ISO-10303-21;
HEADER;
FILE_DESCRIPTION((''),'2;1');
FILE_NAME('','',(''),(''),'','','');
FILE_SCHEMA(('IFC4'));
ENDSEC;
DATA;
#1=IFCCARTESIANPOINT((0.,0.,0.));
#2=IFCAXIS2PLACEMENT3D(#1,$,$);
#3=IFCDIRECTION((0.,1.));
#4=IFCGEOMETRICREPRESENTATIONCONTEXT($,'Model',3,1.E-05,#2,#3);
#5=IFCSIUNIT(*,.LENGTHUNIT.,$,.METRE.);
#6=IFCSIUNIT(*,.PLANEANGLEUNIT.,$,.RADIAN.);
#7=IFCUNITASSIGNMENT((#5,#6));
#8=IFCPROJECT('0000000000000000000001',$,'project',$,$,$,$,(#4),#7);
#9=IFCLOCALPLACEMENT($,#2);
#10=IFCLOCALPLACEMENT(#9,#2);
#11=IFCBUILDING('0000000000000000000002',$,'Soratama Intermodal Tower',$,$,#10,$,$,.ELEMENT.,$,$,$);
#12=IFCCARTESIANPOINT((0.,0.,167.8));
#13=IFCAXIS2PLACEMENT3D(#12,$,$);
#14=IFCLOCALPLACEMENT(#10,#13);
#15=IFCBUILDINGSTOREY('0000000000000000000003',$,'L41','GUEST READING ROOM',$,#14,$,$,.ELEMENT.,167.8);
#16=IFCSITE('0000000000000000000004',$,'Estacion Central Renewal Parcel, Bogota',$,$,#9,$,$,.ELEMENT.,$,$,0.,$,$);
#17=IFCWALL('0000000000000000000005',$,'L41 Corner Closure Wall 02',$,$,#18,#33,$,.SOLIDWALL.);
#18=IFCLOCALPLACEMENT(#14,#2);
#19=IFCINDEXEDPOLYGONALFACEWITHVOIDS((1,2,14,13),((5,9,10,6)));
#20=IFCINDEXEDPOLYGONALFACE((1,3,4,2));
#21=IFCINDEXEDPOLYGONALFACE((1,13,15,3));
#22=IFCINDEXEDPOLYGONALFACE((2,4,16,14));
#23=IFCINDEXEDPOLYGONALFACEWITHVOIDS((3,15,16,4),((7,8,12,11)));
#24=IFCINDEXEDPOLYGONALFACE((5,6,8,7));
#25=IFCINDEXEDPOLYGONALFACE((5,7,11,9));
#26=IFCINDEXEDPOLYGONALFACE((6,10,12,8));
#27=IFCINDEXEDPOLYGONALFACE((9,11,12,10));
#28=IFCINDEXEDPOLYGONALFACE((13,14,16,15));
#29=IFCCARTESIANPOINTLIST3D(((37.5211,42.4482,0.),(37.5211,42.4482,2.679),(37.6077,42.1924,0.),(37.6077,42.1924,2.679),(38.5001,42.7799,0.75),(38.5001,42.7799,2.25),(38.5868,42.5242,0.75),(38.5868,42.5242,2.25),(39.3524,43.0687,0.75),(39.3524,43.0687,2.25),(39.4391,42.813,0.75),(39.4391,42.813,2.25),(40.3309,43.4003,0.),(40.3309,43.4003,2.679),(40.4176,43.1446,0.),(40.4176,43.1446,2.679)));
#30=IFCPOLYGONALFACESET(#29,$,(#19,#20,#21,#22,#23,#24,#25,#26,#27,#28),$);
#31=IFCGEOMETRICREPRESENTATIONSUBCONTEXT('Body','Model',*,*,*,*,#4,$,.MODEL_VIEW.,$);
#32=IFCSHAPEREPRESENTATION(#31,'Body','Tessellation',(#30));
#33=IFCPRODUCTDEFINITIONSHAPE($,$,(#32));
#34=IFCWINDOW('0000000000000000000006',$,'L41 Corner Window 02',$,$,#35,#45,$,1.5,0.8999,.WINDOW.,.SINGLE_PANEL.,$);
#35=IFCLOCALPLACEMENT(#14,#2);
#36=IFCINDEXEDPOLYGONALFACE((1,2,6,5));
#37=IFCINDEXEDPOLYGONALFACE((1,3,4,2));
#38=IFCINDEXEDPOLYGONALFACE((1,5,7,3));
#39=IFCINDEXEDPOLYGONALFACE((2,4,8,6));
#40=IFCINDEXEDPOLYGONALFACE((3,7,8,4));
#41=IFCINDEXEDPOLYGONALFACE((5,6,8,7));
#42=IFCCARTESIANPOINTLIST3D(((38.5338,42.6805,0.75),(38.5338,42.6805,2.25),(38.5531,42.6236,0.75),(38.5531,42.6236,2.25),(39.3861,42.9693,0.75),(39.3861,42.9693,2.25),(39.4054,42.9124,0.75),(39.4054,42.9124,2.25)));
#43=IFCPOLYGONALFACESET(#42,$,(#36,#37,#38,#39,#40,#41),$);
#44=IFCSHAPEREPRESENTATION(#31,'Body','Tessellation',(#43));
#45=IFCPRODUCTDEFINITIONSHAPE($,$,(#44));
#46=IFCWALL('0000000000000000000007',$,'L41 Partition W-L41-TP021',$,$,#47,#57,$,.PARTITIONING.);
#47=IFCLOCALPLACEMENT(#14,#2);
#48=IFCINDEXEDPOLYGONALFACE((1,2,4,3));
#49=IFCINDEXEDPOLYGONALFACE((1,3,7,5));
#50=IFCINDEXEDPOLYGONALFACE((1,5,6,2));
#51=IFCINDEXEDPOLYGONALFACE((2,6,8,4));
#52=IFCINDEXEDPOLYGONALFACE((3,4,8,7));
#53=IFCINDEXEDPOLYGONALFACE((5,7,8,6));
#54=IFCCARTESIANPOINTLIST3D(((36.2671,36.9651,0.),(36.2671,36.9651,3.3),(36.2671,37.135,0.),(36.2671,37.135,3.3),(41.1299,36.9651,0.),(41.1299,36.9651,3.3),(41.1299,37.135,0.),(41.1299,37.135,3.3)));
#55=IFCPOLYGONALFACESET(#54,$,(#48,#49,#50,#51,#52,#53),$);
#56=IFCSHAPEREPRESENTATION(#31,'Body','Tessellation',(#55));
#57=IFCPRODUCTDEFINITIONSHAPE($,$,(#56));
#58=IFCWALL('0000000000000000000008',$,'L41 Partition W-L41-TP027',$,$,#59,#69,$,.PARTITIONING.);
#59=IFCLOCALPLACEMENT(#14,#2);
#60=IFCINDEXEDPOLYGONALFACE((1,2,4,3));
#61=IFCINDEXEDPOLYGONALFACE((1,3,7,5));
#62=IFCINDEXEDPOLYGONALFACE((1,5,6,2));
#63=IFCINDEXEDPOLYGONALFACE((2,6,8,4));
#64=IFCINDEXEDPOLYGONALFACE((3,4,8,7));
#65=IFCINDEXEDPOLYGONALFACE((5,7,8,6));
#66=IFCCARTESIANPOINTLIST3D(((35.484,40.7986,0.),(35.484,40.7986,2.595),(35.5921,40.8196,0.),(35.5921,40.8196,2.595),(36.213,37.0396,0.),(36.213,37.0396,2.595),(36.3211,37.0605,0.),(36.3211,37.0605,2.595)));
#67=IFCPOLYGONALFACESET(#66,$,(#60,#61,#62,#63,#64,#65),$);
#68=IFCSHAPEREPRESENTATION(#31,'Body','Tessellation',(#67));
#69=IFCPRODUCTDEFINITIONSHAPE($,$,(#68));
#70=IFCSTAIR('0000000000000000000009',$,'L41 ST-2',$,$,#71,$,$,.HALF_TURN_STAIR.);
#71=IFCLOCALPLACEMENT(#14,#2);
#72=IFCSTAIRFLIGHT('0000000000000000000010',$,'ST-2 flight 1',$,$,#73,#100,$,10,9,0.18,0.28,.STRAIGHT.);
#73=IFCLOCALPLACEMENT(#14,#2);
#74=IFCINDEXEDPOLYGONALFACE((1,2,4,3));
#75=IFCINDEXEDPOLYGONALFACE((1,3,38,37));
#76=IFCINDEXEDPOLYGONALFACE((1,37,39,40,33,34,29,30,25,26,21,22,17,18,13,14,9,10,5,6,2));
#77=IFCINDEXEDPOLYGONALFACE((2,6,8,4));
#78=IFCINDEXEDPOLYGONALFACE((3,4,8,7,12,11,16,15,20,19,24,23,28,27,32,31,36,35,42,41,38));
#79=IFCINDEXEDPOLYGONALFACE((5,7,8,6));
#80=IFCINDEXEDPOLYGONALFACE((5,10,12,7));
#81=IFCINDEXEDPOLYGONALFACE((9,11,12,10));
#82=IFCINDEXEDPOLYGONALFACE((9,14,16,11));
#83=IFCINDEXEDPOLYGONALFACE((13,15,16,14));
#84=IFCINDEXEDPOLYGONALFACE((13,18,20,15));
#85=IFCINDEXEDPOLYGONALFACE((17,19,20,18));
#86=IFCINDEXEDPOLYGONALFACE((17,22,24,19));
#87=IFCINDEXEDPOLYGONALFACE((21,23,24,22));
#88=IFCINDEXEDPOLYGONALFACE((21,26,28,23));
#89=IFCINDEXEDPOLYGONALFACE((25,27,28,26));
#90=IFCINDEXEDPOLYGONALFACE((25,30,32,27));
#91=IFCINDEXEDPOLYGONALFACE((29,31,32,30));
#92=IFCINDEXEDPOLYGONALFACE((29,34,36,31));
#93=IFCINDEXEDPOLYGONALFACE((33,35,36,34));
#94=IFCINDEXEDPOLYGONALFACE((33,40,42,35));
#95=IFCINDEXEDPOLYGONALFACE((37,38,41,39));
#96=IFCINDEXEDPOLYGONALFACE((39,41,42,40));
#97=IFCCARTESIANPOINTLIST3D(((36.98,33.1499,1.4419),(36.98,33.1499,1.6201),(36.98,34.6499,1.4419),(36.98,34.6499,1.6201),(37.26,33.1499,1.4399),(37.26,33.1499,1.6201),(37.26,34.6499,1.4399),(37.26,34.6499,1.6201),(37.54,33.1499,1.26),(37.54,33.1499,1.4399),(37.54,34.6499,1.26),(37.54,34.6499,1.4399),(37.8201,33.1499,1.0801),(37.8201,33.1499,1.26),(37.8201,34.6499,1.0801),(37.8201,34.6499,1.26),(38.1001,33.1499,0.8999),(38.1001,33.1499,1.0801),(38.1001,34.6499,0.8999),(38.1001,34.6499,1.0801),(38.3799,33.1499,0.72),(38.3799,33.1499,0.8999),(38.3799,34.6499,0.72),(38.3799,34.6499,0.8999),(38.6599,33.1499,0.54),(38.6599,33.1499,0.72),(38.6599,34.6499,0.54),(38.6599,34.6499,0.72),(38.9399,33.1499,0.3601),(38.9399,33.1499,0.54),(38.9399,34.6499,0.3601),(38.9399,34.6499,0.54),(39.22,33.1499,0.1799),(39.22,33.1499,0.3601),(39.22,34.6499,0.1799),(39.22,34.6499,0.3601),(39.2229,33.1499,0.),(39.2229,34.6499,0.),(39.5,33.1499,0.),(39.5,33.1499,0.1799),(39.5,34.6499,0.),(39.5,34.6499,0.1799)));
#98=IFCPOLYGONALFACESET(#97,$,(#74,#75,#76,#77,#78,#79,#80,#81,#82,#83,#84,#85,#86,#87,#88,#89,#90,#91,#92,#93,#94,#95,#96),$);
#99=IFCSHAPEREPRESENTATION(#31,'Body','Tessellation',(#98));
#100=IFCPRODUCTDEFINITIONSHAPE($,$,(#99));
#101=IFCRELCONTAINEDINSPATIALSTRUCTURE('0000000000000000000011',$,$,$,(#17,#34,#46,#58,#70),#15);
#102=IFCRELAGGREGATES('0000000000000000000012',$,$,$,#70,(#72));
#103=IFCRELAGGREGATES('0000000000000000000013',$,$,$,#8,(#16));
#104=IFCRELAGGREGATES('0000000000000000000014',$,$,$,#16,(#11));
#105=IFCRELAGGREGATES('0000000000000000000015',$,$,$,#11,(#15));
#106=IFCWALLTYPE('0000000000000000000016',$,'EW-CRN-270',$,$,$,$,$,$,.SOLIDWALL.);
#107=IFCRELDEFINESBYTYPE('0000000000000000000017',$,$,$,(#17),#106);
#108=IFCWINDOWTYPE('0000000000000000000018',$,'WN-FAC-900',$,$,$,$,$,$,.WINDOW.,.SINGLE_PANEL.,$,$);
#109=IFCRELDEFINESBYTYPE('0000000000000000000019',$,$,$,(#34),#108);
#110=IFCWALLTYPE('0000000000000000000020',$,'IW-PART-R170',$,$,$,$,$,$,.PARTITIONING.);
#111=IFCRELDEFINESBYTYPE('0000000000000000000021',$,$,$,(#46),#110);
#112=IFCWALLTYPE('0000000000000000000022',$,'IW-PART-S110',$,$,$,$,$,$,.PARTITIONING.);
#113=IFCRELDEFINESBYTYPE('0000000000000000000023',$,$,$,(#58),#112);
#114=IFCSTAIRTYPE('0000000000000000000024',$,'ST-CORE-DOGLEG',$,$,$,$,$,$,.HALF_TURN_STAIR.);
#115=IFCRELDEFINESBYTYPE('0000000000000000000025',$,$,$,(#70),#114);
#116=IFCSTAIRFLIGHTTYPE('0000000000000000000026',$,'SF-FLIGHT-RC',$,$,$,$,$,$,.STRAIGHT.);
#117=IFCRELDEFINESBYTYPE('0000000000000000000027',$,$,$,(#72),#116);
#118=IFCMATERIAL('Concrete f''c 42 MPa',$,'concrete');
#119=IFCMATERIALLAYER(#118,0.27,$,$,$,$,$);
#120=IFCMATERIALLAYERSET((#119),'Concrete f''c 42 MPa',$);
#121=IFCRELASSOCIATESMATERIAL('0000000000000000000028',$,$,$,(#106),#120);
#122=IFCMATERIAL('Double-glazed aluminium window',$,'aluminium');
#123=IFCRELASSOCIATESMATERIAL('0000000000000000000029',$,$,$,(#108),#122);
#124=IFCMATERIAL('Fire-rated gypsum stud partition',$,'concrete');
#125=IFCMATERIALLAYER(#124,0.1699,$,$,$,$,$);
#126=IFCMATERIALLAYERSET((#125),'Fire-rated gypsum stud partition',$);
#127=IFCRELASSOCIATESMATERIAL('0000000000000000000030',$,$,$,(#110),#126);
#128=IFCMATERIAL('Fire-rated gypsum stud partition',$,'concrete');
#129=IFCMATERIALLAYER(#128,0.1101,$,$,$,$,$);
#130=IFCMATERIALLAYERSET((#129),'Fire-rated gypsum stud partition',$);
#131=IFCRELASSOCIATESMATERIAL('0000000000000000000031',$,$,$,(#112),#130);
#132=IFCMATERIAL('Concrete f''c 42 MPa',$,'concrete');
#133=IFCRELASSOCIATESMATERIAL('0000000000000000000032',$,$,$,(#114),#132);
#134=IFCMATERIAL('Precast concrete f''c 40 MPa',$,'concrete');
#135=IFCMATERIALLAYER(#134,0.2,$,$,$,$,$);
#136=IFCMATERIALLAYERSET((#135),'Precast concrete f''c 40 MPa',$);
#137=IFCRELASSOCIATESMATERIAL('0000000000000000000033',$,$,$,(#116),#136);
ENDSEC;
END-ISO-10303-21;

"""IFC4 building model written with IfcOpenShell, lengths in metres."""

from ifc_helpers import new_model, si_unit, direction, frame, frame_2d, origin, place, context, subcontext, project, spatial, polyline, rectangle, outline, extrude, material, layer, layer_set, type_object, element, fill, aggregate, save


model = new_model("IFC4")

# Units and contexts
model_context = context("Model", 3, precision=1e-05, world=origin(), true_north=direction((0.0, 1.0)))
body_context = subcontext(model_context, "Body", "Model", "MODEL_VIEW")
ifc_project = project(units=[si_unit("LENGTHUNIT", "METRE"), si_unit("PLANEANGLEUNIT", "RADIAN")], contexts=[model_context])

# Site, building, storey
site_placement = place(None, origin())
site = spatial("IfcSite", under=ifc_project, at=site_placement, Name="Estacion Central Renewal Parcel, Bogota", CompositionType="ELEMENT", RefElevation=0.0)
building_placement = place(site_placement, origin())
building = spatial("IfcBuilding", under=site, at=building_placement, Name="Soratama Intermodal Tower", CompositionType="ELEMENT")
storey_placement = place(building_placement, frame((0.0, 0.0, 167.8)))
storey = spatial("IfcBuildingStorey", under=building, at=storey_placement, Name="L41", Description="GUEST READING ROOM", CompositionType="ELEMENT", Elevation=167.8)

# Wall, opening, window
ifc_material_1 = material(Name="Concrete f'c 42 MPa", Category="concrete")
ifc_layer_1 = layer(ifc_material_1, 0.27)
ifc_layer_set_1 = layer_set([ifc_layer_1], Name="Concrete f'c 42 MPa")
wall_type_1 = type_object("IfcWallType", Name="EW-CRN-270", PredefinedType="SOLIDWALL", material=ifc_layer_set_1)
wall_1_placement = place(storey_placement, frame((40.3743, 43.2725, 0.0), z_axis=(0.0, 0.0, 1.0), x_axis=(-0.9471, -0.320939, 0.0)))
wall_1 = element("IfcWall", 1, at=wall_1_placement, inside=storey, type_object=wall_type_1, Name="L41 Corner Closure Wall 02", PredefinedType="SOLIDWALL", context=body_context, shape_type="SweptSolid", body=[
    extrude(rectangle(XDim=2.9668, YDim=0.27, at=frame_2d((1.4834, 0.0))), origin(), (0.0, 0.0, 1.0), 2.679),
])
opening_placement = place(wall_1_placement, frame((1.0332, 0.0, 0.75)))
opening = element("IfcOpeningElement", 2, at=opening_placement, cuts=wall_1, PredefinedType="OPENING", context=body_context, shape_type="SweptSolid", body=[
    extrude(rectangle(XDim=0.8999, YDim=1.5, at=frame_2d((0.45, 0.75))), frame((0.0, 0.145, 0.0), z_axis=(0.0, -1.0, 0.0), x_axis=(1.0, 0.0, 0.0)), (0.0, 0.0, 1.0), 0.29),
])
ifc_material_2 = material(Name="Double-glazed aluminium window", Category="aluminium")
window_type = type_object("IfcWindowType", Name="WN-FAC-900", PartitioningType="SINGLE_PANEL", PredefinedType="WINDOW", material=ifc_material_2)
window_placement = place(opening_placement, origin())
window = element("IfcWindow", 3, at=window_placement, inside=storey, type_object=window_type, Name="L41 Corner Window 02", OverallHeight=1.5, OverallWidth=0.8999, PartitioningType="SINGLE_PANEL", PredefinedType="WINDOW", context=body_context, shape_type="SweptSolid", body=[
    extrude(rectangle(XDim=0.8999, YDim=1.5, at=frame_2d((0.45, 0.75))), frame((0.0, 0.03, 0.0), z_axis=(0.0, -1.0, 0.0), x_axis=(1.0, 0.0, 0.0)), (0.0, 0.0, 1.0), 0.0601),
])
fill(opening, window)

# Walls
ifc_material_3 = material(Name="Fire-rated gypsum stud partition", Category="concrete")
ifc_layer_2 = layer(ifc_material_3, 0.1699)
ifc_layer_set_2 = layer_set([ifc_layer_2], Name="Fire-rated gypsum stud partition")
wall_type_2 = type_object("IfcWallType", Name="IW-PART-R170", PredefinedType="PARTITIONING", material=ifc_layer_set_2)
wall_2_placement = place(storey_placement, frame((36.2671, 37.05, 0.0), z_axis=(0.0, 0.0, 1.0), x_axis=(1.0, 0.0, 0.0)))
element("IfcWall", 4, at=wall_2_placement, inside=storey, type_object=wall_type_2, Name="L41 Partition W-L41-TP021", PredefinedType="PARTITIONING", context=body_context, shape_type="SweptSolid", body=[
    extrude(rectangle(XDim=4.8628, YDim=0.1699, at=frame_2d((2.4314, 0.0))), origin(), (0.0, 0.0, 1.0), 3.3),
])
ifc_material_4 = material(Name="Fire-rated gypsum stud partition", Category="concrete")
ifc_layer_3 = layer(ifc_material_4, 0.1101)
ifc_layer_set_3 = layer_set([ifc_layer_3], Name="Fire-rated gypsum stud partition")
wall_type_3 = type_object("IfcWallType", Name="IW-PART-S110", PredefinedType="PARTITIONING", material=ifc_layer_set_3)
wall_3_placement = place(storey_placement, frame((36.2671, 37.05, 0.0), z_axis=(0.0, 0.0, 1.0), x_axis=(-0.190387, 0.981709, 0.0)))
element("IfcWall", 5, at=wall_3_placement, inside=storey, type_object=wall_type_3, Name="L41 Partition W-L41-TP027", PredefinedType="PARTITIONING", context=body_context, shape_type="SweptSolid", body=[
    extrude(rectangle(XDim=3.8291, YDim=0.1101, at=frame_2d((1.9146, 0.0))), origin(), (0.0, 0.0, 1.0), 2.595),
])

# Stair, stair flight
ifc_material_5 = material(Name="Concrete f'c 42 MPa", Category="concrete")
stair_type = type_object("IfcStairType", Name="ST-CORE-DOGLEG", PredefinedType="HALF_TURN_STAIR", material=ifc_material_5)
stair_placement = place(storey_placement, origin())
stair = element("IfcStair", 6, at=stair_placement, inside=storey, type_object=stair_type, Name="L41 ST-2", PredefinedType="HALF_TURN_STAIR")
ifc_material_6 = material(Name="Precast concrete f'c 40 MPa", Category="concrete")
ifc_layer_4 = layer(ifc_material_6, 0.2)
ifc_layer_set_4 = layer_set([ifc_layer_4], Name="Precast concrete f'c 40 MPa")
stair_flight_type = type_object("IfcStairFlightType", Name="SF-FLIGHT-RC", PredefinedType="STRAIGHT", material=ifc_layer_set_4)
stair_flight_placement = place(storey_placement, frame((39.5, 33.8999, 0.0), z_axis=(0.0, 0.0, 1.0), x_axis=(-1.0, 0.0, 0.0)))
stair_flight = element("IfcStairFlight", 7, at=stair_flight_placement, type_object=stair_flight_type, Name="ST-2 flight 1", NumberOfRisers=10, NumberOfTreads=9, PredefinedType="STRAIGHT", RiserHeight=0.18, TreadLength=0.28, context=body_context, shape_type="SweptSolid", body=[
    extrude(outline(polyline([(0.0, 0.0), (0.0, 0.1799), (0.28, 0.1799), (0.28, 0.3601), (0.5601, 0.3601), (0.5601, 0.54), (0.8401, 0.54), (0.8401, 0.72), (1.1201, 0.72), (1.1201, 0.8999), (1.3999, 0.8999), (1.3999, 1.0801), (1.6799, 1.0801), (1.6799, 1.26), (1.96, 1.26), (1.96, 1.4399), (2.24, 1.4399), (2.24, 1.6201), (2.52, 1.6201), (2.52, 1.8), (2.52, 1.4419), (0.2771, 0.0), (0.0, 0.0)])), frame((0.0, 0.75, 0.0), z_axis=(0.0, -1.0, 0.0), x_axis=(1.0, 0.0, 0.0)), (0.0, 0.0, 1.0), 1.5),
])
aggregate(stair, [stair_flight])

save(model, "model.ifc")
